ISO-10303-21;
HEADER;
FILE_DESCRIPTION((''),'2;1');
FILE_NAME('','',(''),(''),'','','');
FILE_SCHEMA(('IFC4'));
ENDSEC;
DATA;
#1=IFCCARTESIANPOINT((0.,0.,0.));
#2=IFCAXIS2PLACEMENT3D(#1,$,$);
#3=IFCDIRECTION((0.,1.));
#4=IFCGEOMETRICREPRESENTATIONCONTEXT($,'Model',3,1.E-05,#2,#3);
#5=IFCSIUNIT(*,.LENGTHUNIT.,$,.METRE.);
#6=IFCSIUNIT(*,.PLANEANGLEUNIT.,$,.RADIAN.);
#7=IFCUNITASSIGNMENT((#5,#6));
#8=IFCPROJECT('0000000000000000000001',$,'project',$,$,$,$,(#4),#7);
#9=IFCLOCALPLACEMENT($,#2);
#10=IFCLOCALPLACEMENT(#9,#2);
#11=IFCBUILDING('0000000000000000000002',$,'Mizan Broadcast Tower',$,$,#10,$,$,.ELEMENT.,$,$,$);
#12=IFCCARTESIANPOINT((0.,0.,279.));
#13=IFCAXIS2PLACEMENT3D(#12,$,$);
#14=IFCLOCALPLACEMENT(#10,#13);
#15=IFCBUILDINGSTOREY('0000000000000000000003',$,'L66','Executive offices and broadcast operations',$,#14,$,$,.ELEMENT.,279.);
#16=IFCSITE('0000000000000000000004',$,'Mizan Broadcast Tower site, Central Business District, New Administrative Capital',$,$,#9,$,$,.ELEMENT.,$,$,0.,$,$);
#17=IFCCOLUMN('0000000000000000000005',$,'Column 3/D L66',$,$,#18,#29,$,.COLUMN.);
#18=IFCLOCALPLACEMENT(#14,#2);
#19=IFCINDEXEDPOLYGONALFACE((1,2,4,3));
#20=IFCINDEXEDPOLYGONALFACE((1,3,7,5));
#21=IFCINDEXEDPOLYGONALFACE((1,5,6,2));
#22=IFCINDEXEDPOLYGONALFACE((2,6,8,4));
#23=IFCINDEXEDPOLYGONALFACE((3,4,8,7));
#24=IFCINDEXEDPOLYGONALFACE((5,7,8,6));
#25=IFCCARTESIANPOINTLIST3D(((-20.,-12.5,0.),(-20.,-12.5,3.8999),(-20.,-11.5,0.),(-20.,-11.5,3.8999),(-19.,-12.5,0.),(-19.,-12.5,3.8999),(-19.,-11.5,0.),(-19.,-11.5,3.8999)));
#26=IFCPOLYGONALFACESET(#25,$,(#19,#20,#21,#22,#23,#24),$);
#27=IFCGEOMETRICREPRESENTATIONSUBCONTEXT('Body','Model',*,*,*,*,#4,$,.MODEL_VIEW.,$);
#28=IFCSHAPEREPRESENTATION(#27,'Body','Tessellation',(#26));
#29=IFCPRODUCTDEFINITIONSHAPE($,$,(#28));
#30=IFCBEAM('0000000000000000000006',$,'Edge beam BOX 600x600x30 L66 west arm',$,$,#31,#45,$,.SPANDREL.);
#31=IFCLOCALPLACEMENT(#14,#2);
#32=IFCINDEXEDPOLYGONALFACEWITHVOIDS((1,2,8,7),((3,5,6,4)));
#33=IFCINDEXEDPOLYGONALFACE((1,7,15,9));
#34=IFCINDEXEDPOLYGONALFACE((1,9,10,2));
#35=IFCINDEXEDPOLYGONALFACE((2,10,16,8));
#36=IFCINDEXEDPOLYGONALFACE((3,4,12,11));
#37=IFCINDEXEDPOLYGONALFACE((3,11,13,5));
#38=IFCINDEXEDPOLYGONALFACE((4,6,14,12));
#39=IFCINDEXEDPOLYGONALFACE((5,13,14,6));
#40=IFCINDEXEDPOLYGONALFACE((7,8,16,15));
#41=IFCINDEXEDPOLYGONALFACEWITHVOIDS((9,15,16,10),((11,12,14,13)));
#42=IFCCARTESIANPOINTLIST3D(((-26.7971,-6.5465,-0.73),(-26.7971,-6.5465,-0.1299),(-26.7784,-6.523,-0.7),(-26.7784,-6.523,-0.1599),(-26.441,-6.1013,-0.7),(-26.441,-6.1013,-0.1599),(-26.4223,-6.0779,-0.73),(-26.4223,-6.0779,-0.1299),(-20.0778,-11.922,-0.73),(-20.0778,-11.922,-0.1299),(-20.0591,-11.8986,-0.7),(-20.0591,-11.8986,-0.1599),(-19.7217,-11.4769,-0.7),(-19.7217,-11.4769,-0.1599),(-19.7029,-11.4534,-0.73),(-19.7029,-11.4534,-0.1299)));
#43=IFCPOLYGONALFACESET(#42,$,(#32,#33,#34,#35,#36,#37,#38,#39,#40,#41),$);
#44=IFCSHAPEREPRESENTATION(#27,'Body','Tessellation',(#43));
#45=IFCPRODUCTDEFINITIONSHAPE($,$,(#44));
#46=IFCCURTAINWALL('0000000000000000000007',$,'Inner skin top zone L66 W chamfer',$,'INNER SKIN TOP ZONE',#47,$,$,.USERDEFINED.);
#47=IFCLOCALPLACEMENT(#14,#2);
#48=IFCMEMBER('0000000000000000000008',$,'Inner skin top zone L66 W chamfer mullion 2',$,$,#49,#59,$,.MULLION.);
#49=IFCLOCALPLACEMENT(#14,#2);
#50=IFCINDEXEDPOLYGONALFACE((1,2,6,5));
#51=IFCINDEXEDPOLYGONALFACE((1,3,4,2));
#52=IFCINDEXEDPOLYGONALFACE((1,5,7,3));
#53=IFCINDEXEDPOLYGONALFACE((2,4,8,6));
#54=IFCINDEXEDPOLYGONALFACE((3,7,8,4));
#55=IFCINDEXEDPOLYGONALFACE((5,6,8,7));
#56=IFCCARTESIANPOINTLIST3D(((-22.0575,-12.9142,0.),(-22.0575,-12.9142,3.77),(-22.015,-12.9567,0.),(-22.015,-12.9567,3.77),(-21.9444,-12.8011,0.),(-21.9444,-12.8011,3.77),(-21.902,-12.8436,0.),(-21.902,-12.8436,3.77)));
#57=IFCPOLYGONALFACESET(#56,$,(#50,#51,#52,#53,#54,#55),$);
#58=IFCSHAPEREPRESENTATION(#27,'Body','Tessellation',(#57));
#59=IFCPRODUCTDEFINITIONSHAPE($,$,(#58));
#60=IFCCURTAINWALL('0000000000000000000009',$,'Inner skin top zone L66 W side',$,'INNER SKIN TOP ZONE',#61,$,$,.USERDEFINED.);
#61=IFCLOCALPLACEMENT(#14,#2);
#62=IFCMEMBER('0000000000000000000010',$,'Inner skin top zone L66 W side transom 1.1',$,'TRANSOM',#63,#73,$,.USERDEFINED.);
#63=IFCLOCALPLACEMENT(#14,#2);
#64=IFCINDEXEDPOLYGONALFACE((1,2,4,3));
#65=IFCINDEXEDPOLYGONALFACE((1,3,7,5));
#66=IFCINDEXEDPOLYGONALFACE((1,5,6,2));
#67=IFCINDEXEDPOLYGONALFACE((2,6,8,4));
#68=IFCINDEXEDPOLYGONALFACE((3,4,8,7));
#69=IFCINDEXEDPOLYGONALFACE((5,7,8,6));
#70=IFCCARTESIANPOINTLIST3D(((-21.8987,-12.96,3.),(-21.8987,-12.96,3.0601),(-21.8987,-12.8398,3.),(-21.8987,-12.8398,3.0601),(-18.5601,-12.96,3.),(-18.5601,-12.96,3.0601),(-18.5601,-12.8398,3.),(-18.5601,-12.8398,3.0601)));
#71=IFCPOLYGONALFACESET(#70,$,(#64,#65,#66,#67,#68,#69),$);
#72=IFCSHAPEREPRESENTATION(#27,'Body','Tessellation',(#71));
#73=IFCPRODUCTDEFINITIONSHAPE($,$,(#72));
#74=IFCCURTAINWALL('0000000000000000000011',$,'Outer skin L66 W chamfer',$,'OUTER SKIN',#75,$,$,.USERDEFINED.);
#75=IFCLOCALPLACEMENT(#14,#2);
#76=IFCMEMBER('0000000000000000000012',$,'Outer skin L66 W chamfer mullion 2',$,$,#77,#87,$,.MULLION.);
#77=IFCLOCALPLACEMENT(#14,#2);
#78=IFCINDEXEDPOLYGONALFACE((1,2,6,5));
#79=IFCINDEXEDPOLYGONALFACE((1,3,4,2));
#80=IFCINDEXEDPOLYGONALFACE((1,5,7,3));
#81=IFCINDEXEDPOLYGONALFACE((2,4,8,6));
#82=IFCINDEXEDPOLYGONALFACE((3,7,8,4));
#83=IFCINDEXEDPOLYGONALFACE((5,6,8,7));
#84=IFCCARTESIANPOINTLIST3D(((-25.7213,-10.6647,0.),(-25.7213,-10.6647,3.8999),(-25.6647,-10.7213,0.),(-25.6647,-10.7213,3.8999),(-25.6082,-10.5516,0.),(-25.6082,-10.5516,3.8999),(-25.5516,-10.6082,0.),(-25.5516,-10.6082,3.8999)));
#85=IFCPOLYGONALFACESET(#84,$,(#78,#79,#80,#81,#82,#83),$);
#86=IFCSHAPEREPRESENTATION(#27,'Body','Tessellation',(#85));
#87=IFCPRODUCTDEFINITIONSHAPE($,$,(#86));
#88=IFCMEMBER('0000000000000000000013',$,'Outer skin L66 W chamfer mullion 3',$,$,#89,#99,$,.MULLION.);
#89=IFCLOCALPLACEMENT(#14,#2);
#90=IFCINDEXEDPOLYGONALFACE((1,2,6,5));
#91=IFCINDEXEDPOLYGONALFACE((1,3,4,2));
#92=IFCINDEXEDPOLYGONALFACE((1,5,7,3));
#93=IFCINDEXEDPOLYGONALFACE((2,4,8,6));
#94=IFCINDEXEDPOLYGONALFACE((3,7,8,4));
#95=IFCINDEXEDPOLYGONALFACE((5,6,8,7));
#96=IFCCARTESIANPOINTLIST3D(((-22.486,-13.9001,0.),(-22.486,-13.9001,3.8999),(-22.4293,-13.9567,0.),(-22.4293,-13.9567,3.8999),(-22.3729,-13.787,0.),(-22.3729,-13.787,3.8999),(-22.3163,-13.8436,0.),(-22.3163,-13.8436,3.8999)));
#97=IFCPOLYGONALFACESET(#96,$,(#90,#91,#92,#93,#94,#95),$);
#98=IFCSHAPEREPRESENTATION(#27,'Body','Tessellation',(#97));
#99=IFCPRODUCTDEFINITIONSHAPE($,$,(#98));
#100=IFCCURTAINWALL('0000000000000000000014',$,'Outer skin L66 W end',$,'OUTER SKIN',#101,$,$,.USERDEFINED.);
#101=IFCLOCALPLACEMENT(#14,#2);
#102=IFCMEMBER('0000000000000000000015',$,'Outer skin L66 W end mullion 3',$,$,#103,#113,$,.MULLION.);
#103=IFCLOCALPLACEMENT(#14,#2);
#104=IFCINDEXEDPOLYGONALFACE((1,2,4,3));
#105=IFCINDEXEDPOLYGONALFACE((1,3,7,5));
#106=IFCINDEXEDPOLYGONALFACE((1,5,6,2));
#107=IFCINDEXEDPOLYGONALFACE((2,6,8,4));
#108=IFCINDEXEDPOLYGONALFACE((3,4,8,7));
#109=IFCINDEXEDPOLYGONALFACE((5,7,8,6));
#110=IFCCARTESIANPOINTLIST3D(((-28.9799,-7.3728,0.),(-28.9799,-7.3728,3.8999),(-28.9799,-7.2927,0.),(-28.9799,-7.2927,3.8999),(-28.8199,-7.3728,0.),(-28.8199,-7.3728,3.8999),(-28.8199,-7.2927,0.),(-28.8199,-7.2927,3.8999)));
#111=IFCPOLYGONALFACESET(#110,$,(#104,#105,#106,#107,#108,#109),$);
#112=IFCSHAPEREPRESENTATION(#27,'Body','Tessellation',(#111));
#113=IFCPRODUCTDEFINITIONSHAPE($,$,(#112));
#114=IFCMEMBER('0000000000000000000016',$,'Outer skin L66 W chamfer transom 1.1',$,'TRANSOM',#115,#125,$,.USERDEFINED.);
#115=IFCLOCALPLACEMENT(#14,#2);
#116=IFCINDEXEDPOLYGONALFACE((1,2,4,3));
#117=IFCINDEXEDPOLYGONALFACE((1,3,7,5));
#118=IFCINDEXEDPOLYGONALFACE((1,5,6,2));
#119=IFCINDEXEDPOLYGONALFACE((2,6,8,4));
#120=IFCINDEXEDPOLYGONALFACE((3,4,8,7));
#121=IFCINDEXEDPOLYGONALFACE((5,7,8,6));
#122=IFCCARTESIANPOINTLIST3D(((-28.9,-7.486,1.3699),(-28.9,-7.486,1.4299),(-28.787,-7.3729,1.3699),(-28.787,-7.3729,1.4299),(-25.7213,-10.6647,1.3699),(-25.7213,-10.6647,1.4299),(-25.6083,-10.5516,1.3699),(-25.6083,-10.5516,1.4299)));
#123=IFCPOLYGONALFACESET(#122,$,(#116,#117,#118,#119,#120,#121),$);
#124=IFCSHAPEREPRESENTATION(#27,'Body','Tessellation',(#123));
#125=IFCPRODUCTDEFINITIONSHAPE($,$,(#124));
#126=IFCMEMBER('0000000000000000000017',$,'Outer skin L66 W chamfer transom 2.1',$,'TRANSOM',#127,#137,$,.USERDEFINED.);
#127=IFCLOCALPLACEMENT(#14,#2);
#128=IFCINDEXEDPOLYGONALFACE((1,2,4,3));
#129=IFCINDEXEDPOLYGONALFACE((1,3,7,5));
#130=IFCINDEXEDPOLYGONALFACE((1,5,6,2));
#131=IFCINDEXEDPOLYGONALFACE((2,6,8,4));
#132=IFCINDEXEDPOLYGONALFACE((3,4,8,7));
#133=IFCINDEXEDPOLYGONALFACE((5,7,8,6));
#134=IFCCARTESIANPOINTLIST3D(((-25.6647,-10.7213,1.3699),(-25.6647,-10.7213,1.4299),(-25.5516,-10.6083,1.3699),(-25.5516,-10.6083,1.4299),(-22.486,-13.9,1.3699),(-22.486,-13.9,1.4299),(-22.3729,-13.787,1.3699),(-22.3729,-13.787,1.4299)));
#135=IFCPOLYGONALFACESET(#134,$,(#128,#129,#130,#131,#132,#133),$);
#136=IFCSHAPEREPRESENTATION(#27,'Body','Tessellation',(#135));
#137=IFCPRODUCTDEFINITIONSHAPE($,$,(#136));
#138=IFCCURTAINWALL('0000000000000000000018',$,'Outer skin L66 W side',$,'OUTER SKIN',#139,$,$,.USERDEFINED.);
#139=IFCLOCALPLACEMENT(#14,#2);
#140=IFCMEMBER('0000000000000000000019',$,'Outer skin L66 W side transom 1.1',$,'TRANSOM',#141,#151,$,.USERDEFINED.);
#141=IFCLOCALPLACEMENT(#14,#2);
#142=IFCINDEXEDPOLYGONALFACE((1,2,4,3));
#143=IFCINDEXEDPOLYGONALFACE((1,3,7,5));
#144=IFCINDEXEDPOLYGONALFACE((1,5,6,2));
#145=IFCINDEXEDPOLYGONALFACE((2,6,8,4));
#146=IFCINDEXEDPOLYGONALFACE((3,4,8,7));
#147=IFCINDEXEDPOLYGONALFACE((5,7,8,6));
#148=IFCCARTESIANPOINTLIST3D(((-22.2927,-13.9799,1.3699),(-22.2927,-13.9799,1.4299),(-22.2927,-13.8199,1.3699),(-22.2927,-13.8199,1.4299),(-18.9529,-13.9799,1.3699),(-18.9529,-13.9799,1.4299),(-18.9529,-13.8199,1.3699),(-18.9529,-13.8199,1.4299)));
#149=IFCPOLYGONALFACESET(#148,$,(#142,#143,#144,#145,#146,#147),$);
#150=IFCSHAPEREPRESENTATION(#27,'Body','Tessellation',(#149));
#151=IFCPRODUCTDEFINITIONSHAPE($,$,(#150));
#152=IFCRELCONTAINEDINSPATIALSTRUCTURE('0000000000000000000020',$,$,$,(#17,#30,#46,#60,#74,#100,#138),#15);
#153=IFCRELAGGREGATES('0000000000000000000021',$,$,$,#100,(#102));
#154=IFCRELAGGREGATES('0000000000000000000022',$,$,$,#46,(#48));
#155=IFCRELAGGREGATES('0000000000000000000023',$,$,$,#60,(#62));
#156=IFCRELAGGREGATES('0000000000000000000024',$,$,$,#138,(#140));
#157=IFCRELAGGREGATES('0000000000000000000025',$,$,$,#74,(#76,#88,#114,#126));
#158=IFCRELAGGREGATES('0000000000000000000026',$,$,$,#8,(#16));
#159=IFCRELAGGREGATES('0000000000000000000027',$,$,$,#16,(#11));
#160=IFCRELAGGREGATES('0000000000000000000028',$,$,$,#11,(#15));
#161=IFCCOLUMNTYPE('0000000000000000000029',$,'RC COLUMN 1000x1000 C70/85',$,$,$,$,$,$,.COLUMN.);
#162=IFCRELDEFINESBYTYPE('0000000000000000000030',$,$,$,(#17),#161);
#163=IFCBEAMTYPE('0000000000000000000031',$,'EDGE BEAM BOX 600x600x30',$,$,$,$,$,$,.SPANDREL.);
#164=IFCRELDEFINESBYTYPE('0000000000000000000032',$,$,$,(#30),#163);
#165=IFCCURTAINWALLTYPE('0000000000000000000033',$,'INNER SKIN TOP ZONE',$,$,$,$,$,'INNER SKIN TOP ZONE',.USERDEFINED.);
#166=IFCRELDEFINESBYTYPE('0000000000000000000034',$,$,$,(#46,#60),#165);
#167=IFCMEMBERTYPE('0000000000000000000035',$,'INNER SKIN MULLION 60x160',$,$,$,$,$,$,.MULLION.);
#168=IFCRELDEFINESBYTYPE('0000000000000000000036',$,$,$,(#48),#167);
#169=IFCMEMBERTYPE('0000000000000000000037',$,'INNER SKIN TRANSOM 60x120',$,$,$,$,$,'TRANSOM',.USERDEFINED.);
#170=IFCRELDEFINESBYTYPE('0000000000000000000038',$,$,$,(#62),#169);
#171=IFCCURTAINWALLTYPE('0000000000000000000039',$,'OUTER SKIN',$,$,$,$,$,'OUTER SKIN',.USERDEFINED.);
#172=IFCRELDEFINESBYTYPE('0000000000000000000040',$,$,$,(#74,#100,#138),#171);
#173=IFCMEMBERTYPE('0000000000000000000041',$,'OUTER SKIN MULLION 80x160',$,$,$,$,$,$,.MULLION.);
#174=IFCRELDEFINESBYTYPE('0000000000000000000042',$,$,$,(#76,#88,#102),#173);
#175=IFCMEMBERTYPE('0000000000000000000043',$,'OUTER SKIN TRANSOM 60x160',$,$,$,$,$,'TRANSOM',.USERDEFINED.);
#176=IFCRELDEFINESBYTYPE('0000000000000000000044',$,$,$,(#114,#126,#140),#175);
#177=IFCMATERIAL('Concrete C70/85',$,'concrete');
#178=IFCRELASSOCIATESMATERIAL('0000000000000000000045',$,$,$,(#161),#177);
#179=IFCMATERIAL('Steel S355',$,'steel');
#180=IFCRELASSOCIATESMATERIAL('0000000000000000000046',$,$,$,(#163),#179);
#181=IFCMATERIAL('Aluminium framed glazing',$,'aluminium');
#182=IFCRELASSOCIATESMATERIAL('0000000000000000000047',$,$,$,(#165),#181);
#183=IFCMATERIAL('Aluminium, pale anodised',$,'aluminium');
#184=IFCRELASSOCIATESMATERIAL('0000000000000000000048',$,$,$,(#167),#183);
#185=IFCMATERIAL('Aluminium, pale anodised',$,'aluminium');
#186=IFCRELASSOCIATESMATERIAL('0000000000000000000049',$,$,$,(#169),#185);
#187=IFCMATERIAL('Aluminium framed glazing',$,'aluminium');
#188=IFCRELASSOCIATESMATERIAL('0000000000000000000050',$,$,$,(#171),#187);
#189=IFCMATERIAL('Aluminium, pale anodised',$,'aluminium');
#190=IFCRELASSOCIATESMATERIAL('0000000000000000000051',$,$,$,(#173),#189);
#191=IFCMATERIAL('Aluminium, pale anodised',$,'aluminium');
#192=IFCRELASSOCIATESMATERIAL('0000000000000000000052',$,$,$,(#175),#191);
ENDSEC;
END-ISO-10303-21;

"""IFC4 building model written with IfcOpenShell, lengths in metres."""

from ifc_helpers import new_model, si_unit, direction, frame, origin, origin_2d, place, context, subcontext, project, spatial, rectangle, hollow_rectangle, extrude, material, material_profile, profile_set, type_object, element, aggregate, save


model = new_model("IFC4")

# Units and contexts
model_context = context("Model", 3, precision=1e-05, world=origin(), true_north=direction((0.0, 1.0)))
body_context = subcontext(model_context, "Body", "Model", "MODEL_VIEW")
ifc_project = project(units=[si_unit("LENGTHUNIT", "METRE"), si_unit("PLANEANGLEUNIT", "RADIAN")], contexts=[model_context])

# Site, building, storey
site_placement = place(None, origin())
site = spatial("IfcSite", under=ifc_project, at=site_placement, Name="Mizan Broadcast Tower site, Central Business District, New Administrative Capital", CompositionType="ELEMENT", RefElevation=0.0)
building_placement = place(site_placement, origin())
building = spatial("IfcBuilding", under=site, at=building_placement, Name="Mizan Broadcast Tower", CompositionType="ELEMENT")
storey_placement = place(building_placement, frame((0.0, 0.0, 279.0)))
storey = spatial("IfcBuildingStorey", under=building, at=storey_placement, Name="L66", Description="Executive offices and broadcast operations", CompositionType="ELEMENT", Elevation=279.0)

# Column
ifc_material_1 = material(Name="Concrete C70/85", Category="concrete")
ifc_material_profile_1 = material_profile(ifc_material_1, rectangle(XDim=1.0, YDim=1.0, at=origin_2d()), Name="RC 1000x1000")
ifc_profile_set_1 = profile_set([ifc_material_profile_1], Name="Concrete C70/85")
column_type = type_object("IfcColumnType", Name="RC COLUMN 1000x1000 C70/85", PredefinedType="COLUMN", material=ifc_profile_set_1)
column_placement = place(storey_placement, frame((-19.5, -12.0, 0.0), z_axis=(0.0, 0.0, 1.0), x_axis=(1.0, 0.0, 0.0)))
element("IfcColumn", 1, at=column_placement, inside=storey, type_object=column_type, Name="Column 3/D L66", PredefinedType="COLUMN", context=body_context, shape_type="SweptSolid", body=[
    extrude(rectangle(XDim=1.0, YDim=1.0, at=origin_2d()), origin(), (0.0, 0.0, 1.0), 3.8999),
])

# Beam
ifc_material_2 = material(Name="Steel S355", Category="steel")
ifc_material_profile_2 = material_profile(ifc_material_2, hollow_rectangle(XDim=0.6001, YDim=0.6001, WallThickness=0.03, at=origin_2d()), Name="BOX 600x600x30")
ifc_profile_set_2 = profile_set([ifc_material_profile_2], Name="Steel S355")
beam_type_1 = type_object("IfcBeamType", Name="EDGE BEAM BOX 600x600x30", PredefinedType="SPANDREL", material=ifc_profile_set_2)
beam_1_placement = place(storey_placement, frame((-19.8904, -11.6877, -0.4299), z_axis=(-0.780863, 0.624702, 0.0), x_axis=(-0.624702, -0.780863, 0.0)))
element("IfcBeam", 2, at=beam_1_placement, inside=storey, type_object=beam_type_1, Name="Edge beam BOX 600x600x30 L66 west arm", PredefinedType="SPANDREL", context=body_context, shape_type="SweptSolid", body=[
    extrude(hollow_rectangle(XDim=0.6001, YDim=0.6001, WallThickness=0.03, at=origin_2d()), origin(), (0.0, 0.0, 1.0), 8.605),
])

# Curtain walls, members
ifc_material_3 = material(Name="Aluminium framed glazing", Category="aluminium")
curtain_wall_type_1 = type_object("IfcCurtainWallType", Name="INNER SKIN TOP ZONE", ElementType="INNER SKIN TOP ZONE", PredefinedType="USERDEFINED", material=ifc_material_3)
curtain_wall_1_placement = place(storey_placement, origin())
curtain_wall_1 = element("IfcCurtainWall", 3, at=curtain_wall_1_placement, inside=storey, type_object=curtain_wall_type_1, Name="Inner skin top zone L66 W chamfer", ObjectType="INNER SKIN TOP ZONE", PredefinedType="USERDEFINED")
ifc_material_4 = material(Name="Aluminium, pale anodised", Category="aluminium")
ifc_material_profile_3 = material_profile(ifc_material_4, rectangle(XDim=0.1599, YDim=0.0601, at=origin_2d()), Name="MULLION 160x60")
ifc_profile_set_3 = profile_set([ifc_material_profile_3], Name="Aluminium, pale anodised")
member_type_1 = type_object("IfcMemberType", Name="INNER SKIN MULLION 60x160", PredefinedType="MULLION", material=ifc_profile_set_3)
member_1_placement = place(storey_placement, frame((-21.9797, -12.8789, 0.0), z_axis=(0.0, 0.0, 1.0), x_axis=(0.707107, 0.707107, 0.0)))
member_1 = element("IfcMember", 4, at=member_1_placement, type_object=member_type_1, Name="Inner skin top zone L66 W chamfer mullion 2", PredefinedType="MULLION", context=body_context, shape_type="SweptSolid", body=[
    extrude(rectangle(XDim=0.1599, YDim=0.0601, at=origin_2d()), origin(), (0.0, 0.0, 1.0), 3.77),
])
curtain_wall_2_placement = place(storey_placement, origin())
curtain_wall_2 = element("IfcCurtainWall", 5, at=curtain_wall_2_placement, inside=storey, type_object=curtain_wall_type_1, Name="Inner skin top zone L66 W side", ObjectType="INNER SKIN TOP ZONE", PredefinedType="USERDEFINED")
ifc_material_5 = material(Name="Aluminium, pale anodised", Category="aluminium")
ifc_material_profile_4 = material_profile(ifc_material_5, rectangle(XDim=0.1201, YDim=0.0601, at=origin_2d()), Name="TRANSOM 120x60")
ifc_profile_set_4 = profile_set([ifc_material_profile_4], Name="Aluminium, pale anodised")
member_type_2 = type_object("IfcMemberType", Name="INNER SKIN TRANSOM 60x120", ElementType="TRANSOM", PredefinedType="USERDEFINED", material=ifc_profile_set_4)
member_2_placement = place(storey_placement, frame((-21.8987, -12.8999, 3.03), z_axis=(1.0, 0.0, 0.0), x_axis=(0.0, 1.0, 0.0)))
member_2 = element("IfcMember", 6, at=member_2_placement, type_object=member_type_2, Name="Inner skin top zone L66 W side transom 1.1", ObjectType="TRANSOM", PredefinedType="USERDEFINED", context=body_context, shape_type="SweptSolid", body=[
    extrude(rectangle(XDim=0.1201, YDim=0.0601, at=origin_2d()), origin(), (0.0, 0.0, 1.0), 3.3386),
])

# Curtain wall, members
ifc_material_6 = material(Name="Aluminium framed glazing", Category="aluminium")
curtain_wall_type_2 = type_object("IfcCurtainWallType", Name="OUTER SKIN", ElementType="OUTER SKIN", PredefinedType="USERDEFINED", material=ifc_material_6)
curtain_wall_3_placement = place(storey_placement, origin())
curtain_wall_3 = element("IfcCurtainWall", 7, at=curtain_wall_3_placement, inside=storey, type_object=curtain_wall_type_2, Name="Outer skin L66 W chamfer", ObjectType="OUTER SKIN", PredefinedType="USERDEFINED")
ifc_material_7 = material(Name="Aluminium, pale anodised", Category="aluminium")
ifc_material_profile_5 = material_profile(ifc_material_7, rectangle(XDim=0.1599, YDim=0.0801, at=origin_2d()), Name="MULLION 160x80")
ifc_profile_set_5 = profile_set([ifc_material_profile_5], Name="Aluminium, pale anodised")
member_type_3 = type_object("IfcMemberType", Name="OUTER SKIN MULLION 80x160", PredefinedType="MULLION", material=ifc_profile_set_5)
member_3_placement = place(storey_placement, frame((-25.6365, -10.6365, 0.0), z_axis=(0.0, 0.0, 1.0), x_axis=(0.707107, 0.707107, 0.0)))
member_3 = element("IfcMember", 8, at=member_3_placement, type_object=member_type_3, Name="Outer skin L66 W chamfer mullion 2", PredefinedType="MULLION", context=body_context, shape_type="SweptSolid", body=[
    extrude(rectangle(XDim=0.1599, YDim=0.0801, at=origin_2d()), origin(), (0.0, 0.0, 1.0), 3.8999),
])
member_4_placement = place(storey_placement, frame((-22.4011, -13.8718, 0.0), z_axis=(0.0, 0.0, 1.0), x_axis=(0.707107, 0.707107, 0.0)))
member_4 = element("IfcMember", 9, at=member_4_placement, type_object=member_type_3, Name="Outer skin L66 W chamfer mullion 3", PredefinedType="MULLION", context=body_context, shape_type="SweptSolid", body=[
    extrude(rectangle(XDim=0.1599, YDim=0.0801, at=origin_2d()), origin(), (0.0, 0.0, 1.0), 3.8999),
])

# Curtain wall, member
curtain_wall_4_placement = place(storey_placement, origin())
curtain_wall_4 = element("IfcCurtainWall", 10, at=curtain_wall_4_placement, inside=storey, type_object=curtain_wall_type_2, Name="Outer skin L66 W end", ObjectType="OUTER SKIN", PredefinedType="USERDEFINED")
member_5_placement = place(storey_placement, frame((-28.8999, -7.3328, 0.0), z_axis=(0.0, 0.0, 1.0), x_axis=(1.0, 0.0, 0.0)))
member_5 = element("IfcMember", 11, at=member_5_placement, type_object=member_type_3, Name="Outer skin L66 W end mullion 3", PredefinedType="MULLION", context=body_context, shape_type="SweptSolid", body=[
    extrude(rectangle(XDim=0.1599, YDim=0.0801, at=origin_2d()), origin(), (0.0, 0.0, 1.0), 3.8999),
])
aggregate(curtain_wall_4, [member_5])

# Members
ifc_material_8 = material(Name="Aluminium, pale anodised", Category="aluminium")
ifc_material_profile_6 = material_profile(ifc_material_8, rectangle(XDim=0.1599, YDim=0.0601, at=origin_2d()), Name="TRANSOM 160x60")
ifc_profile_set_6 = profile_set([ifc_material_profile_6], Name="Aluminium, pale anodised")
member_type_4 = type_object("IfcMemberType", Name="OUTER SKIN TRANSOM 60x160", ElementType="TRANSOM", PredefinedType="USERDEFINED", material=ifc_profile_set_6)
member_6_placement = place(storey_placement, frame((-28.8435, -7.4294, 1.3999), z_axis=(0.707107, -0.707107, 0.0), x_axis=(0.707107, 0.707107, 0.0)))
member_6 = element("IfcMember", 12, at=member_6_placement, type_object=member_type_4, Name="Outer skin L66 W chamfer transom 1.1", ObjectType="TRANSOM", PredefinedType="USERDEFINED", context=body_context, shape_type="SweptSolid", body=[
    extrude(rectangle(XDim=0.1599, YDim=0.0601, at=origin_2d()), origin(), (0.0, 0.0, 1.0), 4.4954),
])
member_7_placement = place(storey_placement, frame((-25.6082, -10.6648, 1.3999), z_axis=(0.707107, -0.707107, 0.0), x_axis=(0.707107, 0.707107, 0.0)))
member_7 = element("IfcMember", 13, at=member_7_placement, type_object=member_type_4, Name="Outer skin L66 W chamfer transom 2.1", ObjectType="TRANSOM", PredefinedType="USERDEFINED", context=body_context, shape_type="SweptSolid", body=[
    extrude(rectangle(XDim=0.1599, YDim=0.0601, at=origin_2d()), origin(), (0.0, 0.0, 1.0), 4.4954),
])

# Curtain wall, member
curtain_wall_5_placement = place(storey_placement, origin())
curtain_wall_5 = element("IfcCurtainWall", 14, at=curtain_wall_5_placement, inside=storey, type_object=curtain_wall_type_2, Name="Outer skin L66 W side", ObjectType="OUTER SKIN", PredefinedType="USERDEFINED")
member_8_placement = place(storey_placement, frame((-22.2927, -13.8999, 1.3999), z_axis=(1.0, 0.0, 0.0), x_axis=(0.0, 1.0, 0.0)))
member_8 = element("IfcMember", 15, at=member_8_placement, type_object=member_type_4, Name="Outer skin L66 W side transom 1.1", ObjectType="TRANSOM", PredefinedType="USERDEFINED", context=body_context, shape_type="SweptSolid", body=[
    extrude(rectangle(XDim=0.1599, YDim=0.0601, at=origin_2d()), origin(), (0.0, 0.0, 1.0), 3.3398),
])

aggregate(curtain_wall_1, [member_1])
aggregate(curtain_wall_2, [member_2])
aggregate(curtain_wall_5, [member_8])
aggregate(curtain_wall_3, [member_3, member_4, member_6, member_7])

save(model, "model.ifc")
